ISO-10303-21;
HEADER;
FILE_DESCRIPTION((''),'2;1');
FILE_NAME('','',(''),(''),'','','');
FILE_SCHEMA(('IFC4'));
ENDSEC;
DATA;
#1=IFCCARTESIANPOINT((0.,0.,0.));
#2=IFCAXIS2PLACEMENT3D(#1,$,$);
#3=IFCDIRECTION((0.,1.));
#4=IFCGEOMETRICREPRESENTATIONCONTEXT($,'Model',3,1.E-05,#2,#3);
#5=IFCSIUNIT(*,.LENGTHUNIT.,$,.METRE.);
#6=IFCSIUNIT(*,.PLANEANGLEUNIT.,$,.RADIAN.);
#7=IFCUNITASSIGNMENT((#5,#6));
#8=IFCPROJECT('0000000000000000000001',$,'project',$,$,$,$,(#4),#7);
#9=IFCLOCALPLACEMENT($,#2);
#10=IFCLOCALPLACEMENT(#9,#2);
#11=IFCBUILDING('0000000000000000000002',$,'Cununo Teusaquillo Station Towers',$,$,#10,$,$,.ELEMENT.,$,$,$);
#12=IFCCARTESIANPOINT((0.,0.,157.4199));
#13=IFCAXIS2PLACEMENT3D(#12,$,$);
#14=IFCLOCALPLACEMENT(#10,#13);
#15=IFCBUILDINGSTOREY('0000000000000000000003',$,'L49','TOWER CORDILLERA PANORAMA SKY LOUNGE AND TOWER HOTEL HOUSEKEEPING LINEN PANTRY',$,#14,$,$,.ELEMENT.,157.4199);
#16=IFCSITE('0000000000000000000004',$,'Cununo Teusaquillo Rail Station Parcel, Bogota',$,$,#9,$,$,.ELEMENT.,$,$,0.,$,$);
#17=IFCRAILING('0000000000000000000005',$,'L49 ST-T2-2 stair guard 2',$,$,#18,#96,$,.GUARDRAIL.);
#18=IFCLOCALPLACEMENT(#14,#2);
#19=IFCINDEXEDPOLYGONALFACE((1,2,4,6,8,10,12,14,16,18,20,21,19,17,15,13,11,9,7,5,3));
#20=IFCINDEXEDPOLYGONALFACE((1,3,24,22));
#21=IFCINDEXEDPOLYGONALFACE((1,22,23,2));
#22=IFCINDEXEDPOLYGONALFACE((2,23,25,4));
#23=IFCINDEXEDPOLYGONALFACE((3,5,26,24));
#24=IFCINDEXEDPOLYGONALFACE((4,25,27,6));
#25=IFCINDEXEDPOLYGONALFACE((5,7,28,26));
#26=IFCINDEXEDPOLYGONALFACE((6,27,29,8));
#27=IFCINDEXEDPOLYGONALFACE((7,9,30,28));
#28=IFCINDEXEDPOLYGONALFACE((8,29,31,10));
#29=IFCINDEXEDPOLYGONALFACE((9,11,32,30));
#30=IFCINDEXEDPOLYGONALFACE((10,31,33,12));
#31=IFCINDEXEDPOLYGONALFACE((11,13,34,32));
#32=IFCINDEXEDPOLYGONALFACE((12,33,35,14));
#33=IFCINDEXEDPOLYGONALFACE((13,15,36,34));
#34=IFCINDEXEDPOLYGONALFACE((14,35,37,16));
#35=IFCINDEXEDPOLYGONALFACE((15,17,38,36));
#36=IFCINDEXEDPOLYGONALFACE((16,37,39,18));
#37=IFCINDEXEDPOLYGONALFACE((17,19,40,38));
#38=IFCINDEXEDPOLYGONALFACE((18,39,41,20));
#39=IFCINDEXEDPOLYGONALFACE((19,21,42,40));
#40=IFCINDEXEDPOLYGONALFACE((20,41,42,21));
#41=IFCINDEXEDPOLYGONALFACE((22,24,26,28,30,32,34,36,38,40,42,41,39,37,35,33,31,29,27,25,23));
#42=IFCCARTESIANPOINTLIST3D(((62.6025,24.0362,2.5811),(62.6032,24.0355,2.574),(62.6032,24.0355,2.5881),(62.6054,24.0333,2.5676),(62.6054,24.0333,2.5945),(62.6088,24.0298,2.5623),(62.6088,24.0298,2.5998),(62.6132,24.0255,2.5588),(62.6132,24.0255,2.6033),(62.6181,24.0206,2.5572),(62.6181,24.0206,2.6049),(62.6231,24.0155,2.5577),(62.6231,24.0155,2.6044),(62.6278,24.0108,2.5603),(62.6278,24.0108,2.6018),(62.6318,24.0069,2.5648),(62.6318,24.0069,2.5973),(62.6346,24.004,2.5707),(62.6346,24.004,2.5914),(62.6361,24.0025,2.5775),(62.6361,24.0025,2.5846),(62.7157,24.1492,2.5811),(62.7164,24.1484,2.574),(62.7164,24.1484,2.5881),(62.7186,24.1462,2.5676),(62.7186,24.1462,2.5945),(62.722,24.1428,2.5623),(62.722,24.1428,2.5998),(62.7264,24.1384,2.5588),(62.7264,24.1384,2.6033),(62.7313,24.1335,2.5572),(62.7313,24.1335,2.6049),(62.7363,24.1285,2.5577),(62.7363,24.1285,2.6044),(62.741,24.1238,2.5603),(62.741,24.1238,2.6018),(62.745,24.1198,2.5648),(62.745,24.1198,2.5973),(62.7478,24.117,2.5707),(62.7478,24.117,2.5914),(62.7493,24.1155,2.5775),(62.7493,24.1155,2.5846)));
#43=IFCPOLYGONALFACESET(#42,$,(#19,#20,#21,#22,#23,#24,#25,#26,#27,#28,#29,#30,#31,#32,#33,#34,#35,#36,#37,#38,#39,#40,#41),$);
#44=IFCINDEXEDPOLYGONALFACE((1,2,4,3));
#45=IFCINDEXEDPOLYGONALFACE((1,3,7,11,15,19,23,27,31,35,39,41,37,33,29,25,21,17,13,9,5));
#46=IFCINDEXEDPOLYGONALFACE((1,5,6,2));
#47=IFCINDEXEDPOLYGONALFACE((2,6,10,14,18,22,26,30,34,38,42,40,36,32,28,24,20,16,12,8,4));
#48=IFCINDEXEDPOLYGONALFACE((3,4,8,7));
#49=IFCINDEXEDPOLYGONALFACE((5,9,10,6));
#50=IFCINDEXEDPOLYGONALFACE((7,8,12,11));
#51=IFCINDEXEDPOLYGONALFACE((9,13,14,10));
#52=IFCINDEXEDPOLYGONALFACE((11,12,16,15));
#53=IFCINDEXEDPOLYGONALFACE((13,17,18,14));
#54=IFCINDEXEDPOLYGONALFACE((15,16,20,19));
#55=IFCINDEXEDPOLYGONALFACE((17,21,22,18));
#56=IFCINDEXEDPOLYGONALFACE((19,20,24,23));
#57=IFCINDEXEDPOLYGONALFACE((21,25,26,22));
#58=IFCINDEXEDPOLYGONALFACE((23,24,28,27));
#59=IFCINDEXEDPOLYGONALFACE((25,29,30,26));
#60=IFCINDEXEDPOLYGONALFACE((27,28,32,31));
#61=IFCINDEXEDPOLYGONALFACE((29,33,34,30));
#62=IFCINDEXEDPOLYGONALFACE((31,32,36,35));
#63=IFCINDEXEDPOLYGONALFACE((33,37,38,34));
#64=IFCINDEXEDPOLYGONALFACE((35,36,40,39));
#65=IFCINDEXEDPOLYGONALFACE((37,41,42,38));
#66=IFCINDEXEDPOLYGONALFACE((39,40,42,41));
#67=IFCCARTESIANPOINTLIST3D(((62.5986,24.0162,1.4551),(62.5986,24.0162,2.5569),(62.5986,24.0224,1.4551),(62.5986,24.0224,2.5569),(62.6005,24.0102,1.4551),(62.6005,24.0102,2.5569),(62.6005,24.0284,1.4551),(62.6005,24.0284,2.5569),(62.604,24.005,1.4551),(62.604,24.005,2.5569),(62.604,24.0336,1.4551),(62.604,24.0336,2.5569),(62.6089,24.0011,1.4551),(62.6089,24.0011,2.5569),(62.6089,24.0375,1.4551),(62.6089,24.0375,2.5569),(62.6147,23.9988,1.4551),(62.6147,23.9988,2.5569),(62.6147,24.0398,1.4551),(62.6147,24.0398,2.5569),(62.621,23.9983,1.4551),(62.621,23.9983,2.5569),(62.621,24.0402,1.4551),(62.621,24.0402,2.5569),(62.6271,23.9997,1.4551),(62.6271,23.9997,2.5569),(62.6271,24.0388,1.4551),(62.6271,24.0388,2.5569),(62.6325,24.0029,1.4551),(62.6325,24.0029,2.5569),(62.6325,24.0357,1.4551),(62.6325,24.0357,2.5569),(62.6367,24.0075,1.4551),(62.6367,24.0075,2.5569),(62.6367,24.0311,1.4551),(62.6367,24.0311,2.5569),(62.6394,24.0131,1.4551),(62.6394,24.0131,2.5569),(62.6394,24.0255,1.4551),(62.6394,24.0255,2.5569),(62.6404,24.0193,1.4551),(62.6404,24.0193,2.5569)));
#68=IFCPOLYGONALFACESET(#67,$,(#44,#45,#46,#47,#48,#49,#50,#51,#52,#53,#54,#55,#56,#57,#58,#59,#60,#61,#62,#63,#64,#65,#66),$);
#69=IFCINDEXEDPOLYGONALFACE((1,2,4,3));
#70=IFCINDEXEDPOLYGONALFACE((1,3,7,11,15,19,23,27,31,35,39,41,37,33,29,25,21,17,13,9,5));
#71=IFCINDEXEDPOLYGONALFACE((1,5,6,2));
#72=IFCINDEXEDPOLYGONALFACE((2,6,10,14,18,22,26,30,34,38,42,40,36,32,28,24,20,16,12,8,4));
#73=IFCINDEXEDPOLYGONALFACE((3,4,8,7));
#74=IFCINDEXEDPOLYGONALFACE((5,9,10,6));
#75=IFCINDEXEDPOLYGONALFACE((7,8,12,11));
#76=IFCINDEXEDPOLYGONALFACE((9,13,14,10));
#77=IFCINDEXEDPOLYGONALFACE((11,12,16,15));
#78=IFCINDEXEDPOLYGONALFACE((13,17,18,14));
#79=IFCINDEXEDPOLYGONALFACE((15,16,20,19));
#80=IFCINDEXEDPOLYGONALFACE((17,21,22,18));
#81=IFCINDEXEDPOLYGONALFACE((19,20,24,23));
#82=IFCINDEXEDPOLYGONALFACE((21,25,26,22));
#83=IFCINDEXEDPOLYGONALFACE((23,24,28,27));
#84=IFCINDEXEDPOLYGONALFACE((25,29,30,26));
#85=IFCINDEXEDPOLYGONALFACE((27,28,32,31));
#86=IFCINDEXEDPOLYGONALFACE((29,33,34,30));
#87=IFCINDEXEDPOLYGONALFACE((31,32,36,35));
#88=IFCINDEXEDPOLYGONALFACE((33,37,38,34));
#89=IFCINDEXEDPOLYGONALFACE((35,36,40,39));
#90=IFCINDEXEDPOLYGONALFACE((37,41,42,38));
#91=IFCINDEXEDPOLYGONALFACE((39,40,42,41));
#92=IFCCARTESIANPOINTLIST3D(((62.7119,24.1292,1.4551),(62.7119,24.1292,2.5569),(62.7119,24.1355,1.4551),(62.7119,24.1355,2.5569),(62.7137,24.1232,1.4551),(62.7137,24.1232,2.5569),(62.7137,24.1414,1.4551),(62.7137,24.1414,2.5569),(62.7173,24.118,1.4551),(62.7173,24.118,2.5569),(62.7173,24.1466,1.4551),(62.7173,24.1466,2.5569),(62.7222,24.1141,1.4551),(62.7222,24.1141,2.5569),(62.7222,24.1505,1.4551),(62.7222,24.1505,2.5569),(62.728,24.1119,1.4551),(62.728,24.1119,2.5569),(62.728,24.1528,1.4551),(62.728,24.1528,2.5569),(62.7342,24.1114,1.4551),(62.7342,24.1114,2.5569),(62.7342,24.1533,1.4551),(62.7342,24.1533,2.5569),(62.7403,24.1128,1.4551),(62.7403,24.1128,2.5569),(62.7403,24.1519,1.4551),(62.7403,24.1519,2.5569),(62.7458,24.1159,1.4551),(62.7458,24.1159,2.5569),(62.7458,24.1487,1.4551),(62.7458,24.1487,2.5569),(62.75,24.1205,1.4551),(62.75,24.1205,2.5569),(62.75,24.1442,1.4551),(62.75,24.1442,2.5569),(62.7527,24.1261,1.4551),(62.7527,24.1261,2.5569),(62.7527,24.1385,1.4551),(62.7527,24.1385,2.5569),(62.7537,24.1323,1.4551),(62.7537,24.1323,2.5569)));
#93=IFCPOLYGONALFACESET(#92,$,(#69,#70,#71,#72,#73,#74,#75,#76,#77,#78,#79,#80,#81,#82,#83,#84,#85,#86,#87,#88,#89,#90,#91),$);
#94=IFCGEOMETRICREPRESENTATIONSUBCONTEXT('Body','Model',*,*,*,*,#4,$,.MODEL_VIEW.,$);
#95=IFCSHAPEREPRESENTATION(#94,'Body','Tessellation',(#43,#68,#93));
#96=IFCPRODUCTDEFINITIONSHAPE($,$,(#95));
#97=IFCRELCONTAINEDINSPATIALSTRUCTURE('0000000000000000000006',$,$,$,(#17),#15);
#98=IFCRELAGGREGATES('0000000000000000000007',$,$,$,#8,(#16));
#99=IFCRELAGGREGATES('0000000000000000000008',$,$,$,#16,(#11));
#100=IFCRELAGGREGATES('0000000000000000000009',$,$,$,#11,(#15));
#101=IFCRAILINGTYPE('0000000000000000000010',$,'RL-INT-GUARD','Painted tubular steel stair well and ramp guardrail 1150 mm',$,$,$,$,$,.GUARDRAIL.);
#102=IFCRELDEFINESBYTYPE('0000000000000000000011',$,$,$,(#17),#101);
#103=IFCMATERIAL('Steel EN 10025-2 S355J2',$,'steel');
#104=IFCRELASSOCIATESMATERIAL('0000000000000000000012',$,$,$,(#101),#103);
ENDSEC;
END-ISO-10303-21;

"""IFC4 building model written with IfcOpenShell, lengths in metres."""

from ifc_helpers import new_model, si_unit, direction, frame, origin, origin_2d, place, context, subcontext, project, spatial, circle, extrude, material, type_object, element, save


model = new_model("IFC4")

# Units and contexts
model_context = context("Model", 3, precision=1e-05, world=origin(), true_north=direction((0.0, 1.0)))
body_context = subcontext(model_context, "Body", "Model", "MODEL_VIEW")
ifc_project = project(units=[si_unit("LENGTHUNIT", "METRE"), si_unit("PLANEANGLEUNIT", "RADIAN")], contexts=[model_context])

# Site, building, storey
site_placement = place(None, origin())
site = spatial("IfcSite", under=ifc_project, at=site_placement, Name="Cununo Teusaquillo Rail Station Parcel, Bogota", CompositionType="ELEMENT", RefElevation=0.0)
building_placement = place(site_placement, origin())
building = spatial("IfcBuilding", under=site, at=building_placement, Name="Cununo Teusaquillo Station Towers", CompositionType="ELEMENT")
storey_placement = place(building_placement, frame((0.0, 0.0, 157.4199)))
storey = spatial("IfcBuildingStorey", under=building, at=storey_placement, Name="L49", Description="TOWER CORDILLERA PANORAMA SKY LOUNGE AND TOWER HOTEL HOUSEKEEPING LINEN PANTRY", CompositionType="ELEMENT", Elevation=157.4199)

# Railing
ifc_material_1 = material(Name="Steel EN 10025-2 S355J2", Category="steel")
railing_type_1 = type_object("IfcRailingType", Name="RL-INT-GUARD", Description="Painted tubular steel stair well and ramp guardrail 1150 mm", PredefinedType="GUARDRAIL", material=ifc_material_1)
railing_1_placement = place(storey_placement, frame((62.6194, 24.0193, 1.4551)))
element("IfcRailing", 1, at=railing_1_placement, inside=storey, type_object=railing_type_1, Name="L49 ST-T2-2 stair guard 2", PredefinedType="GUARDRAIL", context=body_context, shape_type="SweptSolid", body=[
    extrude(circle(Radius=0.0239, at=origin_2d()), frame((0.0, 0.0, 1.126), z_axis=(0.707869, 0.706344, 0.0), x_axis=(-0.706344, 0.707869, 0.0)), (0.0, 0.0, 1.0), 0.1599),
    extrude(circle(Radius=0.021, at=origin_2d()), origin(), (0.0, 0.0, 1.0), 1.1018),
    extrude(circle(Radius=0.021, at=origin_2d()), frame((0.1133, 0.113, 0.0)), (0.0, 0.0, 1.0), 1.1018),
])

save(model, "model.ifc")
